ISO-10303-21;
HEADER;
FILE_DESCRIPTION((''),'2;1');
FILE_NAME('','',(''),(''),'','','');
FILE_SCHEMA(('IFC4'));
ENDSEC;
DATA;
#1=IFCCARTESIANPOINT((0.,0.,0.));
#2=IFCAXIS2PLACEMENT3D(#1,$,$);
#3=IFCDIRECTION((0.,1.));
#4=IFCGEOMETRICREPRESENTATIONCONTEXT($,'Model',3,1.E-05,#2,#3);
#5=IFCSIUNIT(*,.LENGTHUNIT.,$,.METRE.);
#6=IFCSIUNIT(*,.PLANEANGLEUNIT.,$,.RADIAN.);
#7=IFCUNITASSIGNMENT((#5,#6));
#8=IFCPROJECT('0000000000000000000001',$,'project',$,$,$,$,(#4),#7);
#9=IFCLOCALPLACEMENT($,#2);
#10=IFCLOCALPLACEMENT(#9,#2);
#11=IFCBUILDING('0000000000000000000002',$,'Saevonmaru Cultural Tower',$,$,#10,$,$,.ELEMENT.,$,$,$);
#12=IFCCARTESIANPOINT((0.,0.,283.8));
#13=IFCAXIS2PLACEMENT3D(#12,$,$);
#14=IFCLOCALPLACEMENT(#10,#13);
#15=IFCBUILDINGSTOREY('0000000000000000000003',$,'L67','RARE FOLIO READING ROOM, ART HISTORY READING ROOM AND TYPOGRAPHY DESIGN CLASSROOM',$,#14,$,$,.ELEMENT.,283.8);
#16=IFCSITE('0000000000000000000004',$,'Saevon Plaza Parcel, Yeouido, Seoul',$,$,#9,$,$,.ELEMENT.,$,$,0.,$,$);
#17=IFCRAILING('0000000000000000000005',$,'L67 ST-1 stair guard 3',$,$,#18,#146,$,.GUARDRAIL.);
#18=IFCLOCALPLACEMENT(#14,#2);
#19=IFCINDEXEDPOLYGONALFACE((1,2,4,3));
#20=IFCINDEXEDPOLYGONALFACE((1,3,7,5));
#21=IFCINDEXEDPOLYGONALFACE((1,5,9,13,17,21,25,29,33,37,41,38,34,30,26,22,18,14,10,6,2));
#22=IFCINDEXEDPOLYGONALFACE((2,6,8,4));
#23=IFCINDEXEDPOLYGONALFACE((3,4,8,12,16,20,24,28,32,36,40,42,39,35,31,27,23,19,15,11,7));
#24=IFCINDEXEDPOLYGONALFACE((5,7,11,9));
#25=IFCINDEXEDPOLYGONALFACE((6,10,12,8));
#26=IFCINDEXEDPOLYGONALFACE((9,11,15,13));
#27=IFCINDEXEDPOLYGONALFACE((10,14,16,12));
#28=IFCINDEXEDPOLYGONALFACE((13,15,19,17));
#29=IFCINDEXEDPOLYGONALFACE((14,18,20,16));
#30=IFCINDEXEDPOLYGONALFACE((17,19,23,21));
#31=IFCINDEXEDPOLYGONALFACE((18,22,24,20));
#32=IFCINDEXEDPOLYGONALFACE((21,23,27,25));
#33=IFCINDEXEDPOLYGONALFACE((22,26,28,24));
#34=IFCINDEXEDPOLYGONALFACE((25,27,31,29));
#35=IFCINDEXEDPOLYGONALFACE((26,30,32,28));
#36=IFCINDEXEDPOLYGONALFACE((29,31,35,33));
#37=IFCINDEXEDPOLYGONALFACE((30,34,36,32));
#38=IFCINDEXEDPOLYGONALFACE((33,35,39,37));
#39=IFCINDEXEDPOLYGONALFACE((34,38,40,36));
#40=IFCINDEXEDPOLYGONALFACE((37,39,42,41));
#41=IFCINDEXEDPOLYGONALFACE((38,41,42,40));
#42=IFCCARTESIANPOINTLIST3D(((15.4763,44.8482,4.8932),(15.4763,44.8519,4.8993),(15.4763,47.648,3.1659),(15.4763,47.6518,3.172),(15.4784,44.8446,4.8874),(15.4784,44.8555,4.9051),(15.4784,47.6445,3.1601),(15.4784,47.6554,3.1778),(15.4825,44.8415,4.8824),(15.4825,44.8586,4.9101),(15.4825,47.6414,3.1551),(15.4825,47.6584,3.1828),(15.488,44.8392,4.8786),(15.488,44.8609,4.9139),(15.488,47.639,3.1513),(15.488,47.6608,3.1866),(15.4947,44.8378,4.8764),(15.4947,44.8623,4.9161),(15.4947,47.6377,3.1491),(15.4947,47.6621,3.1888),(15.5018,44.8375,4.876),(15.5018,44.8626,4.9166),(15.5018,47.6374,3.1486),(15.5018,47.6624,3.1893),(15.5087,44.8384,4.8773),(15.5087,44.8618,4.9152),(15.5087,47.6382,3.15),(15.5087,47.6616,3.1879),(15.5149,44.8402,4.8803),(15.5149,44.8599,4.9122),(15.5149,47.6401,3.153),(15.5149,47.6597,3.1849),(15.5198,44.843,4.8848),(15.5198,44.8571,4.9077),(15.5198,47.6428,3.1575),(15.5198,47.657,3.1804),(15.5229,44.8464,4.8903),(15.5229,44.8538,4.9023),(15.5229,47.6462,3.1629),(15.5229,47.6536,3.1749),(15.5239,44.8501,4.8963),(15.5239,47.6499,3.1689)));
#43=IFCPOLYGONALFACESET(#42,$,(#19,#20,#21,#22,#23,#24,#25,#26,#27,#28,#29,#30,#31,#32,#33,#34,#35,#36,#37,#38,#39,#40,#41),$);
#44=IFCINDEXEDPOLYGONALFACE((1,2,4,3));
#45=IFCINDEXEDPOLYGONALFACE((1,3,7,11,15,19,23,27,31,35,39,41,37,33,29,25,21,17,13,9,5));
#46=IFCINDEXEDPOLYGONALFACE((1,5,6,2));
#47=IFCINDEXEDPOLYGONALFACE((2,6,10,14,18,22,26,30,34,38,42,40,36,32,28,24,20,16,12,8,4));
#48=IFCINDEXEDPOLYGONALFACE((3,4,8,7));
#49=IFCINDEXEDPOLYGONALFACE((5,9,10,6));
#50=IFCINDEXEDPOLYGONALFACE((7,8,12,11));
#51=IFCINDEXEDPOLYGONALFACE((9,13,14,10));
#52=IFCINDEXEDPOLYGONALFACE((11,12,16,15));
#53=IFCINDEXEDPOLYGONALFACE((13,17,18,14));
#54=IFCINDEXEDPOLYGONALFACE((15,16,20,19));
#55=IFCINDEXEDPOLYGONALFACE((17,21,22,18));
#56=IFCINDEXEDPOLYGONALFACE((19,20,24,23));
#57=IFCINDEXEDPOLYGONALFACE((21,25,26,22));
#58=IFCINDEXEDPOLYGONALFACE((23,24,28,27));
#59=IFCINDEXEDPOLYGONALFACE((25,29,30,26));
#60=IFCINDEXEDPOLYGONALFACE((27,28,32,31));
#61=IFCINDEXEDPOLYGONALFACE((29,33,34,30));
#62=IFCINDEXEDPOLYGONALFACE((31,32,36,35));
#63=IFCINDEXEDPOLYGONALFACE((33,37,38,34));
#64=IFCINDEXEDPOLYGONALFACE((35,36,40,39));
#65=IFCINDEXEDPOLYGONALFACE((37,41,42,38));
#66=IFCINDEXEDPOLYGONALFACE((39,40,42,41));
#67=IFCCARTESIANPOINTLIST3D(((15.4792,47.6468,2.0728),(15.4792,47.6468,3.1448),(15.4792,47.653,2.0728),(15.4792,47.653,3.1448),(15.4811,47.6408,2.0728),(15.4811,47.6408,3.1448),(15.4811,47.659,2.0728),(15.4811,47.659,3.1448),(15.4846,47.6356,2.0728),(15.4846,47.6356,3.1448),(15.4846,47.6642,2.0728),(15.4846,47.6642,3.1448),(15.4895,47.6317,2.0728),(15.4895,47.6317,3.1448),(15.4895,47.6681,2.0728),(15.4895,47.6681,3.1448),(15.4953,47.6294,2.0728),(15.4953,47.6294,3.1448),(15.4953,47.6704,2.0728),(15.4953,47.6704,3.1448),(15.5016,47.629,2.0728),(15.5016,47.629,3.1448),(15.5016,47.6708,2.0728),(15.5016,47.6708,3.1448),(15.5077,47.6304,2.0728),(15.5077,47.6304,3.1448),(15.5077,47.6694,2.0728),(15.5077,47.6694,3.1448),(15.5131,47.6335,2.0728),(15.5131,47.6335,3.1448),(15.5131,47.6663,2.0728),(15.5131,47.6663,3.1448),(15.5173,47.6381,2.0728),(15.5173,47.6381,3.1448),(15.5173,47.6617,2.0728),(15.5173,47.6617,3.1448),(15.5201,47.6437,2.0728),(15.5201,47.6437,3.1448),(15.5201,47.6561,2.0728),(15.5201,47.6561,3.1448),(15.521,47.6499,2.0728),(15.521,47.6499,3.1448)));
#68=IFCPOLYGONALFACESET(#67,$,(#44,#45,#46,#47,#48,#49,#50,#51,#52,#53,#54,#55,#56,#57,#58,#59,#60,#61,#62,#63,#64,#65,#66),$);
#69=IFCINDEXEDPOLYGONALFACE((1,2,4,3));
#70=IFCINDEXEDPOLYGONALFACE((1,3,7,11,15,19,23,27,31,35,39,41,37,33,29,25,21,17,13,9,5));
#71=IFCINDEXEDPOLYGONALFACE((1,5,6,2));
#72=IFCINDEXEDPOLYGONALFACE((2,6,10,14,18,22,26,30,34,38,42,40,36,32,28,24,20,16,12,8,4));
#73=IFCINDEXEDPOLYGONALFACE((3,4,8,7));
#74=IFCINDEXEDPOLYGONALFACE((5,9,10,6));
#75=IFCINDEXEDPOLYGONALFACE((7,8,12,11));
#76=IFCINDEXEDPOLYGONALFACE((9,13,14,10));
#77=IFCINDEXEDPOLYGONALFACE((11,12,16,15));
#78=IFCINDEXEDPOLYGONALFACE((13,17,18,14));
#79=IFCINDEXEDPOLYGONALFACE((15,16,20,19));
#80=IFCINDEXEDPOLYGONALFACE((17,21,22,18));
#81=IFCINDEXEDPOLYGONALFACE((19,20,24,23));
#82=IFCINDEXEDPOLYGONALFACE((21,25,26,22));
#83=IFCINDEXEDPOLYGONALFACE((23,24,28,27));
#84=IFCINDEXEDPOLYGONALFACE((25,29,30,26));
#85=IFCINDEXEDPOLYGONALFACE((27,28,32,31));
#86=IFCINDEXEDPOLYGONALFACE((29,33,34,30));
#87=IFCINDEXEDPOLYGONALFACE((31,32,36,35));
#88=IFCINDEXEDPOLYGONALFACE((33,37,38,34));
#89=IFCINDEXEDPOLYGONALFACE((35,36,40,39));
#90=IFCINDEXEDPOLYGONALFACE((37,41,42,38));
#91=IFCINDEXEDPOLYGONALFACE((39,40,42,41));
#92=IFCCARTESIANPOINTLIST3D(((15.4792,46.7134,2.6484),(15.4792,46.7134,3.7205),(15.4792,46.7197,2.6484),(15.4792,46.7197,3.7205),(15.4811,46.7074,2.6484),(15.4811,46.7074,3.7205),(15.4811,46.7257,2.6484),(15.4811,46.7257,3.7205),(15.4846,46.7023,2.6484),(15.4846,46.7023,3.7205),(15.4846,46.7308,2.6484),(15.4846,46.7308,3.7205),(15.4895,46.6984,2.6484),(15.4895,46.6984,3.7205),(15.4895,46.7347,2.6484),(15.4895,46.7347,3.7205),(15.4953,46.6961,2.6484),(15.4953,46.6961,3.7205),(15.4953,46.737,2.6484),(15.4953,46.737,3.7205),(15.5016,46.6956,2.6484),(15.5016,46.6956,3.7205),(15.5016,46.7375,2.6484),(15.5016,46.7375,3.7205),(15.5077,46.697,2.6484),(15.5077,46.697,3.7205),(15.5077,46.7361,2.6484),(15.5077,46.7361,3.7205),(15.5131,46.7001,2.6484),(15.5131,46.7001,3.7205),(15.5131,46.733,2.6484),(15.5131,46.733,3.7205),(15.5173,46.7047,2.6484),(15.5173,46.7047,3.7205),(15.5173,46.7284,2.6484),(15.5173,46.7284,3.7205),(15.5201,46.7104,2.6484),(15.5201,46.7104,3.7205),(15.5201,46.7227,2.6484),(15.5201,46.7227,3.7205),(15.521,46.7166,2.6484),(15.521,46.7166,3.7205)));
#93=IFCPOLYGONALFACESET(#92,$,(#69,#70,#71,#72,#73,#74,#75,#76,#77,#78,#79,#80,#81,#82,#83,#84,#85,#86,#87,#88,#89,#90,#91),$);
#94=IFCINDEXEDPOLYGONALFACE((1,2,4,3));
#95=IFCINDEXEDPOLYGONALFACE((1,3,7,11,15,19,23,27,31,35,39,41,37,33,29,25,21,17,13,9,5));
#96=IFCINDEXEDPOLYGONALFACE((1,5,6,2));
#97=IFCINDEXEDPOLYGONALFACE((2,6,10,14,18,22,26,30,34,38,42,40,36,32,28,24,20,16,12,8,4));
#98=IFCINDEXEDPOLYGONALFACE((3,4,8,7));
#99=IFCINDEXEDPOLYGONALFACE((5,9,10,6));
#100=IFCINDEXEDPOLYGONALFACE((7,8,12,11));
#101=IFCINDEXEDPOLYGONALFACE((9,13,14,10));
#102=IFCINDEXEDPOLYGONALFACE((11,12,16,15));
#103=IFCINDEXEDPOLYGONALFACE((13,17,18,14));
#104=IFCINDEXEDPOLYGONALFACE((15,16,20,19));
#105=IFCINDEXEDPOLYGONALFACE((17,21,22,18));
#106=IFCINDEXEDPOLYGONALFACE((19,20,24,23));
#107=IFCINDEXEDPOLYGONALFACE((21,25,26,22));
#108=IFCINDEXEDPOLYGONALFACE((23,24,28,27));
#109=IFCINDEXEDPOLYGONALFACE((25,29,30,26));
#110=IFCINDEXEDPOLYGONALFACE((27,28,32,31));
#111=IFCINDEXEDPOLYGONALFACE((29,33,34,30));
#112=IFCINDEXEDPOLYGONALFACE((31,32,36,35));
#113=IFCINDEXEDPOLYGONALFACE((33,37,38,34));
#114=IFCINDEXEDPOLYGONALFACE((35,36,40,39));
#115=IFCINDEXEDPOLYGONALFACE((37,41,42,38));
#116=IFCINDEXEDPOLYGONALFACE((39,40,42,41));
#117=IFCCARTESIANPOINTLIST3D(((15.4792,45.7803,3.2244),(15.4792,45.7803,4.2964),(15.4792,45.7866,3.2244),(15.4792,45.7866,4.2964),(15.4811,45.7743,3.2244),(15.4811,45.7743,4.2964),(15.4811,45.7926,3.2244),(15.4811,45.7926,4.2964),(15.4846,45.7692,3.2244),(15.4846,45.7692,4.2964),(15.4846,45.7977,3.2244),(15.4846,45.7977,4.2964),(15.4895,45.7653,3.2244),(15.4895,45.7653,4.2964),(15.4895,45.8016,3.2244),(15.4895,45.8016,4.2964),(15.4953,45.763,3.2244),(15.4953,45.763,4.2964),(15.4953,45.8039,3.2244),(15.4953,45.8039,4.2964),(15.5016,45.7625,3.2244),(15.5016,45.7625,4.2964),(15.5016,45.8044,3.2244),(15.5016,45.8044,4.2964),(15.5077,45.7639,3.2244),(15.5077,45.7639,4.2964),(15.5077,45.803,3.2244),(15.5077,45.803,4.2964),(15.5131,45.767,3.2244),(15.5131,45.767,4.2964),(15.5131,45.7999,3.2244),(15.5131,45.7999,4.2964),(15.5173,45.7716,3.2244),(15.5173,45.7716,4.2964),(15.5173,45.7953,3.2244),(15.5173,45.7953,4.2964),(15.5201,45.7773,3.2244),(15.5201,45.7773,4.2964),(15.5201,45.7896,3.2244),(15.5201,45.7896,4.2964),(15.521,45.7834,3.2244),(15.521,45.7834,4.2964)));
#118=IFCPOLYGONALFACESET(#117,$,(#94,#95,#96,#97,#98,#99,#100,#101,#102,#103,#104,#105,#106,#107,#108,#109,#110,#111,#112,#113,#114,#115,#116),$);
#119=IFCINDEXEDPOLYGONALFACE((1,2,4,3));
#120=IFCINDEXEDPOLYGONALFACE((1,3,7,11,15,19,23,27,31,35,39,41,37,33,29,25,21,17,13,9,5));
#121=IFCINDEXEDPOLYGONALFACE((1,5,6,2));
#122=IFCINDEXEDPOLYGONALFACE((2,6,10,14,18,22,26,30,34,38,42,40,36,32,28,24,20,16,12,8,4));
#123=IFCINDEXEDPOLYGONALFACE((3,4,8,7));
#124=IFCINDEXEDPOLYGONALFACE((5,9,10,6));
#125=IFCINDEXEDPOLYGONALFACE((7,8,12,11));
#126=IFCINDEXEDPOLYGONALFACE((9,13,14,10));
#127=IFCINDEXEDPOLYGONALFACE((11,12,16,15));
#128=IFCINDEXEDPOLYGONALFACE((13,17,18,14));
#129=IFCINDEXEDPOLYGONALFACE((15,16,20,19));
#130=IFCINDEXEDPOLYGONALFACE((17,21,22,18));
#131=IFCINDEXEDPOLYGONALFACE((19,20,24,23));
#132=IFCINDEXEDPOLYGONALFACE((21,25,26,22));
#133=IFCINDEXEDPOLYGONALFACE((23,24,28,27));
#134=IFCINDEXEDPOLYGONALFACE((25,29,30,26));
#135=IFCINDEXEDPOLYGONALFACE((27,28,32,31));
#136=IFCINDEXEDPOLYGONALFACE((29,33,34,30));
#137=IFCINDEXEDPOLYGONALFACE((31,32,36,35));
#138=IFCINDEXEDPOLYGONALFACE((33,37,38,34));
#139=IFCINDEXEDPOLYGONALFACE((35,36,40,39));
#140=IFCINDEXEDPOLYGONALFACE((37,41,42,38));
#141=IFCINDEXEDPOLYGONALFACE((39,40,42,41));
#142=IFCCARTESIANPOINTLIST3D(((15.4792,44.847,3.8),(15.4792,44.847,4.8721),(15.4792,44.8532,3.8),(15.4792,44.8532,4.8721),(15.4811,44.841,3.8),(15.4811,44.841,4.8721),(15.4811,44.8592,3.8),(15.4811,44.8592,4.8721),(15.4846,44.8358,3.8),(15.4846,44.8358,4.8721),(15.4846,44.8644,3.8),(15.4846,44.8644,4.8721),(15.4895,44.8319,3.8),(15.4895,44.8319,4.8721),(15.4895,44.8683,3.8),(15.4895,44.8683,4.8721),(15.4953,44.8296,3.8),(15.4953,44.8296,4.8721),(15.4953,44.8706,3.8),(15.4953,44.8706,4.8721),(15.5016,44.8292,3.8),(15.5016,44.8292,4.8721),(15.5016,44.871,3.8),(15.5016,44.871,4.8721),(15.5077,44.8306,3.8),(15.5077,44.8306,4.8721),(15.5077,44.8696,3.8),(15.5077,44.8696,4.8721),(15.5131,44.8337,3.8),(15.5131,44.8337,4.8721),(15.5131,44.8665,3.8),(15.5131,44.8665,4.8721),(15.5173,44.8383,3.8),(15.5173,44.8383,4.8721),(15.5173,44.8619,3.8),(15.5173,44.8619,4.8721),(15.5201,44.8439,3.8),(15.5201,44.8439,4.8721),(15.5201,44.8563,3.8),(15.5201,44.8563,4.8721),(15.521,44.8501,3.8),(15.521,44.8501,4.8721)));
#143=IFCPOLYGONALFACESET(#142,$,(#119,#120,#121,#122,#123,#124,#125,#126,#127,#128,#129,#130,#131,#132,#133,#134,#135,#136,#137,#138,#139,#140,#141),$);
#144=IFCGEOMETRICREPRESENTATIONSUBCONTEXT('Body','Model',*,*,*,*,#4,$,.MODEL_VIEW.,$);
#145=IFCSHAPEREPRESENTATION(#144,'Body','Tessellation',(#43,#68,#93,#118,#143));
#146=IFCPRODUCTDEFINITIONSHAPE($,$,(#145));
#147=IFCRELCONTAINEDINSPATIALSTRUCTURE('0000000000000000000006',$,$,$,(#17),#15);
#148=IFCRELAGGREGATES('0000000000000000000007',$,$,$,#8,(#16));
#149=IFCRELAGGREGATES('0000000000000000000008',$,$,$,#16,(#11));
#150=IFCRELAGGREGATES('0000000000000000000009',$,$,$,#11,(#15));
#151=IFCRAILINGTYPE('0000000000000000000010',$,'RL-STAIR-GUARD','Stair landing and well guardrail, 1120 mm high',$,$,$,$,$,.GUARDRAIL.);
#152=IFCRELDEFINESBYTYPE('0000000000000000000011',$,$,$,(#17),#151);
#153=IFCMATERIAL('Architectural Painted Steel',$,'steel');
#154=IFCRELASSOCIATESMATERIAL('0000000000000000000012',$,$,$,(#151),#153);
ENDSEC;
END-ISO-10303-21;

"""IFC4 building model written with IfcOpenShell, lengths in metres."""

from ifc_helpers import new_model, si_unit, direction, frame, origin, origin_2d, place, context, subcontext, project, spatial, circle, extrude, material, type_object, element, save


model = new_model("IFC4")

# Units and contexts
model_context = context("Model", 3, precision=1e-05, world=origin(), true_north=direction((0.0, 1.0)))
body_context = subcontext(model_context, "Body", "Model", "MODEL_VIEW")
ifc_project = project(units=[si_unit("LENGTHUNIT", "METRE"), si_unit("PLANEANGLEUNIT", "RADIAN")], contexts=[model_context])

# Site, building, storey
site_placement = place(None, origin())
site = spatial("IfcSite", under=ifc_project, at=site_placement, Name="Saevon Plaza Parcel, Yeouido, Seoul", CompositionType="ELEMENT", RefElevation=0.0)
building_placement = place(site_placement, origin())
building = spatial("IfcBuilding", under=site, at=building_placement, Name="Saevonmaru Cultural Tower", CompositionType="ELEMENT")
storey_placement = place(building_placement, frame((0.0, 0.0, 283.8)))
storey = spatial("IfcBuildingStorey", under=building, at=storey_placement, Name="L67", Description="RARE FOLIO READING ROOM, ART HISTORY READING ROOM AND TYPOGRAPHY DESIGN CLASSROOM", CompositionType="ELEMENT", Elevation=283.8)

# Railing
ifc_material_1 = material(Name="Architectural Painted Steel", Category="steel")
railing_type_1 = type_object("IfcRailingType", Name="RL-STAIR-GUARD", Description="Stair landing and well guardrail, 1120 mm high", PredefinedType="GUARDRAIL", material=ifc_material_1)
railing_1_placement = place(storey_placement, frame((15.5, 47.6499, 2.0728)))
element("IfcRailing", 1, at=railing_1_placement, inside=storey, type_object=railing_type_1, Name="L67 ST-1 stair guard 3", PredefinedType="GUARDRAIL", context=body_context, shape_type="SweptSolid", body=[
    extrude(circle(Radius=0.0239, at=origin_2d()), frame((0.0, 0.0, 1.0962), z_axis=(0.0, -0.851069, 0.525054), x_axis=(1.0, 0.0, 0.0)), (0.0, 0.0, 1.0), 3.2898),
    extrude(circle(Radius=0.021, at=origin_2d()), origin(), (0.0, 0.0, 1.0), 1.072),
    extrude(circle(Radius=0.021, at=origin_2d()), frame((0.0, -0.9333, 0.5757)), (0.0, 0.0, 1.0), 1.072),
    extrude(circle(Radius=0.021, at=origin_2d()), frame((0.0, -1.8665, 1.1516)), (0.0, 0.0, 1.0), 1.072),
    extrude(circle(Radius=0.021, at=origin_2d()), frame((0.0, -2.7998, 1.7273)), (0.0, 0.0, 1.0), 1.072),
])

save(model, "model.ifc")
